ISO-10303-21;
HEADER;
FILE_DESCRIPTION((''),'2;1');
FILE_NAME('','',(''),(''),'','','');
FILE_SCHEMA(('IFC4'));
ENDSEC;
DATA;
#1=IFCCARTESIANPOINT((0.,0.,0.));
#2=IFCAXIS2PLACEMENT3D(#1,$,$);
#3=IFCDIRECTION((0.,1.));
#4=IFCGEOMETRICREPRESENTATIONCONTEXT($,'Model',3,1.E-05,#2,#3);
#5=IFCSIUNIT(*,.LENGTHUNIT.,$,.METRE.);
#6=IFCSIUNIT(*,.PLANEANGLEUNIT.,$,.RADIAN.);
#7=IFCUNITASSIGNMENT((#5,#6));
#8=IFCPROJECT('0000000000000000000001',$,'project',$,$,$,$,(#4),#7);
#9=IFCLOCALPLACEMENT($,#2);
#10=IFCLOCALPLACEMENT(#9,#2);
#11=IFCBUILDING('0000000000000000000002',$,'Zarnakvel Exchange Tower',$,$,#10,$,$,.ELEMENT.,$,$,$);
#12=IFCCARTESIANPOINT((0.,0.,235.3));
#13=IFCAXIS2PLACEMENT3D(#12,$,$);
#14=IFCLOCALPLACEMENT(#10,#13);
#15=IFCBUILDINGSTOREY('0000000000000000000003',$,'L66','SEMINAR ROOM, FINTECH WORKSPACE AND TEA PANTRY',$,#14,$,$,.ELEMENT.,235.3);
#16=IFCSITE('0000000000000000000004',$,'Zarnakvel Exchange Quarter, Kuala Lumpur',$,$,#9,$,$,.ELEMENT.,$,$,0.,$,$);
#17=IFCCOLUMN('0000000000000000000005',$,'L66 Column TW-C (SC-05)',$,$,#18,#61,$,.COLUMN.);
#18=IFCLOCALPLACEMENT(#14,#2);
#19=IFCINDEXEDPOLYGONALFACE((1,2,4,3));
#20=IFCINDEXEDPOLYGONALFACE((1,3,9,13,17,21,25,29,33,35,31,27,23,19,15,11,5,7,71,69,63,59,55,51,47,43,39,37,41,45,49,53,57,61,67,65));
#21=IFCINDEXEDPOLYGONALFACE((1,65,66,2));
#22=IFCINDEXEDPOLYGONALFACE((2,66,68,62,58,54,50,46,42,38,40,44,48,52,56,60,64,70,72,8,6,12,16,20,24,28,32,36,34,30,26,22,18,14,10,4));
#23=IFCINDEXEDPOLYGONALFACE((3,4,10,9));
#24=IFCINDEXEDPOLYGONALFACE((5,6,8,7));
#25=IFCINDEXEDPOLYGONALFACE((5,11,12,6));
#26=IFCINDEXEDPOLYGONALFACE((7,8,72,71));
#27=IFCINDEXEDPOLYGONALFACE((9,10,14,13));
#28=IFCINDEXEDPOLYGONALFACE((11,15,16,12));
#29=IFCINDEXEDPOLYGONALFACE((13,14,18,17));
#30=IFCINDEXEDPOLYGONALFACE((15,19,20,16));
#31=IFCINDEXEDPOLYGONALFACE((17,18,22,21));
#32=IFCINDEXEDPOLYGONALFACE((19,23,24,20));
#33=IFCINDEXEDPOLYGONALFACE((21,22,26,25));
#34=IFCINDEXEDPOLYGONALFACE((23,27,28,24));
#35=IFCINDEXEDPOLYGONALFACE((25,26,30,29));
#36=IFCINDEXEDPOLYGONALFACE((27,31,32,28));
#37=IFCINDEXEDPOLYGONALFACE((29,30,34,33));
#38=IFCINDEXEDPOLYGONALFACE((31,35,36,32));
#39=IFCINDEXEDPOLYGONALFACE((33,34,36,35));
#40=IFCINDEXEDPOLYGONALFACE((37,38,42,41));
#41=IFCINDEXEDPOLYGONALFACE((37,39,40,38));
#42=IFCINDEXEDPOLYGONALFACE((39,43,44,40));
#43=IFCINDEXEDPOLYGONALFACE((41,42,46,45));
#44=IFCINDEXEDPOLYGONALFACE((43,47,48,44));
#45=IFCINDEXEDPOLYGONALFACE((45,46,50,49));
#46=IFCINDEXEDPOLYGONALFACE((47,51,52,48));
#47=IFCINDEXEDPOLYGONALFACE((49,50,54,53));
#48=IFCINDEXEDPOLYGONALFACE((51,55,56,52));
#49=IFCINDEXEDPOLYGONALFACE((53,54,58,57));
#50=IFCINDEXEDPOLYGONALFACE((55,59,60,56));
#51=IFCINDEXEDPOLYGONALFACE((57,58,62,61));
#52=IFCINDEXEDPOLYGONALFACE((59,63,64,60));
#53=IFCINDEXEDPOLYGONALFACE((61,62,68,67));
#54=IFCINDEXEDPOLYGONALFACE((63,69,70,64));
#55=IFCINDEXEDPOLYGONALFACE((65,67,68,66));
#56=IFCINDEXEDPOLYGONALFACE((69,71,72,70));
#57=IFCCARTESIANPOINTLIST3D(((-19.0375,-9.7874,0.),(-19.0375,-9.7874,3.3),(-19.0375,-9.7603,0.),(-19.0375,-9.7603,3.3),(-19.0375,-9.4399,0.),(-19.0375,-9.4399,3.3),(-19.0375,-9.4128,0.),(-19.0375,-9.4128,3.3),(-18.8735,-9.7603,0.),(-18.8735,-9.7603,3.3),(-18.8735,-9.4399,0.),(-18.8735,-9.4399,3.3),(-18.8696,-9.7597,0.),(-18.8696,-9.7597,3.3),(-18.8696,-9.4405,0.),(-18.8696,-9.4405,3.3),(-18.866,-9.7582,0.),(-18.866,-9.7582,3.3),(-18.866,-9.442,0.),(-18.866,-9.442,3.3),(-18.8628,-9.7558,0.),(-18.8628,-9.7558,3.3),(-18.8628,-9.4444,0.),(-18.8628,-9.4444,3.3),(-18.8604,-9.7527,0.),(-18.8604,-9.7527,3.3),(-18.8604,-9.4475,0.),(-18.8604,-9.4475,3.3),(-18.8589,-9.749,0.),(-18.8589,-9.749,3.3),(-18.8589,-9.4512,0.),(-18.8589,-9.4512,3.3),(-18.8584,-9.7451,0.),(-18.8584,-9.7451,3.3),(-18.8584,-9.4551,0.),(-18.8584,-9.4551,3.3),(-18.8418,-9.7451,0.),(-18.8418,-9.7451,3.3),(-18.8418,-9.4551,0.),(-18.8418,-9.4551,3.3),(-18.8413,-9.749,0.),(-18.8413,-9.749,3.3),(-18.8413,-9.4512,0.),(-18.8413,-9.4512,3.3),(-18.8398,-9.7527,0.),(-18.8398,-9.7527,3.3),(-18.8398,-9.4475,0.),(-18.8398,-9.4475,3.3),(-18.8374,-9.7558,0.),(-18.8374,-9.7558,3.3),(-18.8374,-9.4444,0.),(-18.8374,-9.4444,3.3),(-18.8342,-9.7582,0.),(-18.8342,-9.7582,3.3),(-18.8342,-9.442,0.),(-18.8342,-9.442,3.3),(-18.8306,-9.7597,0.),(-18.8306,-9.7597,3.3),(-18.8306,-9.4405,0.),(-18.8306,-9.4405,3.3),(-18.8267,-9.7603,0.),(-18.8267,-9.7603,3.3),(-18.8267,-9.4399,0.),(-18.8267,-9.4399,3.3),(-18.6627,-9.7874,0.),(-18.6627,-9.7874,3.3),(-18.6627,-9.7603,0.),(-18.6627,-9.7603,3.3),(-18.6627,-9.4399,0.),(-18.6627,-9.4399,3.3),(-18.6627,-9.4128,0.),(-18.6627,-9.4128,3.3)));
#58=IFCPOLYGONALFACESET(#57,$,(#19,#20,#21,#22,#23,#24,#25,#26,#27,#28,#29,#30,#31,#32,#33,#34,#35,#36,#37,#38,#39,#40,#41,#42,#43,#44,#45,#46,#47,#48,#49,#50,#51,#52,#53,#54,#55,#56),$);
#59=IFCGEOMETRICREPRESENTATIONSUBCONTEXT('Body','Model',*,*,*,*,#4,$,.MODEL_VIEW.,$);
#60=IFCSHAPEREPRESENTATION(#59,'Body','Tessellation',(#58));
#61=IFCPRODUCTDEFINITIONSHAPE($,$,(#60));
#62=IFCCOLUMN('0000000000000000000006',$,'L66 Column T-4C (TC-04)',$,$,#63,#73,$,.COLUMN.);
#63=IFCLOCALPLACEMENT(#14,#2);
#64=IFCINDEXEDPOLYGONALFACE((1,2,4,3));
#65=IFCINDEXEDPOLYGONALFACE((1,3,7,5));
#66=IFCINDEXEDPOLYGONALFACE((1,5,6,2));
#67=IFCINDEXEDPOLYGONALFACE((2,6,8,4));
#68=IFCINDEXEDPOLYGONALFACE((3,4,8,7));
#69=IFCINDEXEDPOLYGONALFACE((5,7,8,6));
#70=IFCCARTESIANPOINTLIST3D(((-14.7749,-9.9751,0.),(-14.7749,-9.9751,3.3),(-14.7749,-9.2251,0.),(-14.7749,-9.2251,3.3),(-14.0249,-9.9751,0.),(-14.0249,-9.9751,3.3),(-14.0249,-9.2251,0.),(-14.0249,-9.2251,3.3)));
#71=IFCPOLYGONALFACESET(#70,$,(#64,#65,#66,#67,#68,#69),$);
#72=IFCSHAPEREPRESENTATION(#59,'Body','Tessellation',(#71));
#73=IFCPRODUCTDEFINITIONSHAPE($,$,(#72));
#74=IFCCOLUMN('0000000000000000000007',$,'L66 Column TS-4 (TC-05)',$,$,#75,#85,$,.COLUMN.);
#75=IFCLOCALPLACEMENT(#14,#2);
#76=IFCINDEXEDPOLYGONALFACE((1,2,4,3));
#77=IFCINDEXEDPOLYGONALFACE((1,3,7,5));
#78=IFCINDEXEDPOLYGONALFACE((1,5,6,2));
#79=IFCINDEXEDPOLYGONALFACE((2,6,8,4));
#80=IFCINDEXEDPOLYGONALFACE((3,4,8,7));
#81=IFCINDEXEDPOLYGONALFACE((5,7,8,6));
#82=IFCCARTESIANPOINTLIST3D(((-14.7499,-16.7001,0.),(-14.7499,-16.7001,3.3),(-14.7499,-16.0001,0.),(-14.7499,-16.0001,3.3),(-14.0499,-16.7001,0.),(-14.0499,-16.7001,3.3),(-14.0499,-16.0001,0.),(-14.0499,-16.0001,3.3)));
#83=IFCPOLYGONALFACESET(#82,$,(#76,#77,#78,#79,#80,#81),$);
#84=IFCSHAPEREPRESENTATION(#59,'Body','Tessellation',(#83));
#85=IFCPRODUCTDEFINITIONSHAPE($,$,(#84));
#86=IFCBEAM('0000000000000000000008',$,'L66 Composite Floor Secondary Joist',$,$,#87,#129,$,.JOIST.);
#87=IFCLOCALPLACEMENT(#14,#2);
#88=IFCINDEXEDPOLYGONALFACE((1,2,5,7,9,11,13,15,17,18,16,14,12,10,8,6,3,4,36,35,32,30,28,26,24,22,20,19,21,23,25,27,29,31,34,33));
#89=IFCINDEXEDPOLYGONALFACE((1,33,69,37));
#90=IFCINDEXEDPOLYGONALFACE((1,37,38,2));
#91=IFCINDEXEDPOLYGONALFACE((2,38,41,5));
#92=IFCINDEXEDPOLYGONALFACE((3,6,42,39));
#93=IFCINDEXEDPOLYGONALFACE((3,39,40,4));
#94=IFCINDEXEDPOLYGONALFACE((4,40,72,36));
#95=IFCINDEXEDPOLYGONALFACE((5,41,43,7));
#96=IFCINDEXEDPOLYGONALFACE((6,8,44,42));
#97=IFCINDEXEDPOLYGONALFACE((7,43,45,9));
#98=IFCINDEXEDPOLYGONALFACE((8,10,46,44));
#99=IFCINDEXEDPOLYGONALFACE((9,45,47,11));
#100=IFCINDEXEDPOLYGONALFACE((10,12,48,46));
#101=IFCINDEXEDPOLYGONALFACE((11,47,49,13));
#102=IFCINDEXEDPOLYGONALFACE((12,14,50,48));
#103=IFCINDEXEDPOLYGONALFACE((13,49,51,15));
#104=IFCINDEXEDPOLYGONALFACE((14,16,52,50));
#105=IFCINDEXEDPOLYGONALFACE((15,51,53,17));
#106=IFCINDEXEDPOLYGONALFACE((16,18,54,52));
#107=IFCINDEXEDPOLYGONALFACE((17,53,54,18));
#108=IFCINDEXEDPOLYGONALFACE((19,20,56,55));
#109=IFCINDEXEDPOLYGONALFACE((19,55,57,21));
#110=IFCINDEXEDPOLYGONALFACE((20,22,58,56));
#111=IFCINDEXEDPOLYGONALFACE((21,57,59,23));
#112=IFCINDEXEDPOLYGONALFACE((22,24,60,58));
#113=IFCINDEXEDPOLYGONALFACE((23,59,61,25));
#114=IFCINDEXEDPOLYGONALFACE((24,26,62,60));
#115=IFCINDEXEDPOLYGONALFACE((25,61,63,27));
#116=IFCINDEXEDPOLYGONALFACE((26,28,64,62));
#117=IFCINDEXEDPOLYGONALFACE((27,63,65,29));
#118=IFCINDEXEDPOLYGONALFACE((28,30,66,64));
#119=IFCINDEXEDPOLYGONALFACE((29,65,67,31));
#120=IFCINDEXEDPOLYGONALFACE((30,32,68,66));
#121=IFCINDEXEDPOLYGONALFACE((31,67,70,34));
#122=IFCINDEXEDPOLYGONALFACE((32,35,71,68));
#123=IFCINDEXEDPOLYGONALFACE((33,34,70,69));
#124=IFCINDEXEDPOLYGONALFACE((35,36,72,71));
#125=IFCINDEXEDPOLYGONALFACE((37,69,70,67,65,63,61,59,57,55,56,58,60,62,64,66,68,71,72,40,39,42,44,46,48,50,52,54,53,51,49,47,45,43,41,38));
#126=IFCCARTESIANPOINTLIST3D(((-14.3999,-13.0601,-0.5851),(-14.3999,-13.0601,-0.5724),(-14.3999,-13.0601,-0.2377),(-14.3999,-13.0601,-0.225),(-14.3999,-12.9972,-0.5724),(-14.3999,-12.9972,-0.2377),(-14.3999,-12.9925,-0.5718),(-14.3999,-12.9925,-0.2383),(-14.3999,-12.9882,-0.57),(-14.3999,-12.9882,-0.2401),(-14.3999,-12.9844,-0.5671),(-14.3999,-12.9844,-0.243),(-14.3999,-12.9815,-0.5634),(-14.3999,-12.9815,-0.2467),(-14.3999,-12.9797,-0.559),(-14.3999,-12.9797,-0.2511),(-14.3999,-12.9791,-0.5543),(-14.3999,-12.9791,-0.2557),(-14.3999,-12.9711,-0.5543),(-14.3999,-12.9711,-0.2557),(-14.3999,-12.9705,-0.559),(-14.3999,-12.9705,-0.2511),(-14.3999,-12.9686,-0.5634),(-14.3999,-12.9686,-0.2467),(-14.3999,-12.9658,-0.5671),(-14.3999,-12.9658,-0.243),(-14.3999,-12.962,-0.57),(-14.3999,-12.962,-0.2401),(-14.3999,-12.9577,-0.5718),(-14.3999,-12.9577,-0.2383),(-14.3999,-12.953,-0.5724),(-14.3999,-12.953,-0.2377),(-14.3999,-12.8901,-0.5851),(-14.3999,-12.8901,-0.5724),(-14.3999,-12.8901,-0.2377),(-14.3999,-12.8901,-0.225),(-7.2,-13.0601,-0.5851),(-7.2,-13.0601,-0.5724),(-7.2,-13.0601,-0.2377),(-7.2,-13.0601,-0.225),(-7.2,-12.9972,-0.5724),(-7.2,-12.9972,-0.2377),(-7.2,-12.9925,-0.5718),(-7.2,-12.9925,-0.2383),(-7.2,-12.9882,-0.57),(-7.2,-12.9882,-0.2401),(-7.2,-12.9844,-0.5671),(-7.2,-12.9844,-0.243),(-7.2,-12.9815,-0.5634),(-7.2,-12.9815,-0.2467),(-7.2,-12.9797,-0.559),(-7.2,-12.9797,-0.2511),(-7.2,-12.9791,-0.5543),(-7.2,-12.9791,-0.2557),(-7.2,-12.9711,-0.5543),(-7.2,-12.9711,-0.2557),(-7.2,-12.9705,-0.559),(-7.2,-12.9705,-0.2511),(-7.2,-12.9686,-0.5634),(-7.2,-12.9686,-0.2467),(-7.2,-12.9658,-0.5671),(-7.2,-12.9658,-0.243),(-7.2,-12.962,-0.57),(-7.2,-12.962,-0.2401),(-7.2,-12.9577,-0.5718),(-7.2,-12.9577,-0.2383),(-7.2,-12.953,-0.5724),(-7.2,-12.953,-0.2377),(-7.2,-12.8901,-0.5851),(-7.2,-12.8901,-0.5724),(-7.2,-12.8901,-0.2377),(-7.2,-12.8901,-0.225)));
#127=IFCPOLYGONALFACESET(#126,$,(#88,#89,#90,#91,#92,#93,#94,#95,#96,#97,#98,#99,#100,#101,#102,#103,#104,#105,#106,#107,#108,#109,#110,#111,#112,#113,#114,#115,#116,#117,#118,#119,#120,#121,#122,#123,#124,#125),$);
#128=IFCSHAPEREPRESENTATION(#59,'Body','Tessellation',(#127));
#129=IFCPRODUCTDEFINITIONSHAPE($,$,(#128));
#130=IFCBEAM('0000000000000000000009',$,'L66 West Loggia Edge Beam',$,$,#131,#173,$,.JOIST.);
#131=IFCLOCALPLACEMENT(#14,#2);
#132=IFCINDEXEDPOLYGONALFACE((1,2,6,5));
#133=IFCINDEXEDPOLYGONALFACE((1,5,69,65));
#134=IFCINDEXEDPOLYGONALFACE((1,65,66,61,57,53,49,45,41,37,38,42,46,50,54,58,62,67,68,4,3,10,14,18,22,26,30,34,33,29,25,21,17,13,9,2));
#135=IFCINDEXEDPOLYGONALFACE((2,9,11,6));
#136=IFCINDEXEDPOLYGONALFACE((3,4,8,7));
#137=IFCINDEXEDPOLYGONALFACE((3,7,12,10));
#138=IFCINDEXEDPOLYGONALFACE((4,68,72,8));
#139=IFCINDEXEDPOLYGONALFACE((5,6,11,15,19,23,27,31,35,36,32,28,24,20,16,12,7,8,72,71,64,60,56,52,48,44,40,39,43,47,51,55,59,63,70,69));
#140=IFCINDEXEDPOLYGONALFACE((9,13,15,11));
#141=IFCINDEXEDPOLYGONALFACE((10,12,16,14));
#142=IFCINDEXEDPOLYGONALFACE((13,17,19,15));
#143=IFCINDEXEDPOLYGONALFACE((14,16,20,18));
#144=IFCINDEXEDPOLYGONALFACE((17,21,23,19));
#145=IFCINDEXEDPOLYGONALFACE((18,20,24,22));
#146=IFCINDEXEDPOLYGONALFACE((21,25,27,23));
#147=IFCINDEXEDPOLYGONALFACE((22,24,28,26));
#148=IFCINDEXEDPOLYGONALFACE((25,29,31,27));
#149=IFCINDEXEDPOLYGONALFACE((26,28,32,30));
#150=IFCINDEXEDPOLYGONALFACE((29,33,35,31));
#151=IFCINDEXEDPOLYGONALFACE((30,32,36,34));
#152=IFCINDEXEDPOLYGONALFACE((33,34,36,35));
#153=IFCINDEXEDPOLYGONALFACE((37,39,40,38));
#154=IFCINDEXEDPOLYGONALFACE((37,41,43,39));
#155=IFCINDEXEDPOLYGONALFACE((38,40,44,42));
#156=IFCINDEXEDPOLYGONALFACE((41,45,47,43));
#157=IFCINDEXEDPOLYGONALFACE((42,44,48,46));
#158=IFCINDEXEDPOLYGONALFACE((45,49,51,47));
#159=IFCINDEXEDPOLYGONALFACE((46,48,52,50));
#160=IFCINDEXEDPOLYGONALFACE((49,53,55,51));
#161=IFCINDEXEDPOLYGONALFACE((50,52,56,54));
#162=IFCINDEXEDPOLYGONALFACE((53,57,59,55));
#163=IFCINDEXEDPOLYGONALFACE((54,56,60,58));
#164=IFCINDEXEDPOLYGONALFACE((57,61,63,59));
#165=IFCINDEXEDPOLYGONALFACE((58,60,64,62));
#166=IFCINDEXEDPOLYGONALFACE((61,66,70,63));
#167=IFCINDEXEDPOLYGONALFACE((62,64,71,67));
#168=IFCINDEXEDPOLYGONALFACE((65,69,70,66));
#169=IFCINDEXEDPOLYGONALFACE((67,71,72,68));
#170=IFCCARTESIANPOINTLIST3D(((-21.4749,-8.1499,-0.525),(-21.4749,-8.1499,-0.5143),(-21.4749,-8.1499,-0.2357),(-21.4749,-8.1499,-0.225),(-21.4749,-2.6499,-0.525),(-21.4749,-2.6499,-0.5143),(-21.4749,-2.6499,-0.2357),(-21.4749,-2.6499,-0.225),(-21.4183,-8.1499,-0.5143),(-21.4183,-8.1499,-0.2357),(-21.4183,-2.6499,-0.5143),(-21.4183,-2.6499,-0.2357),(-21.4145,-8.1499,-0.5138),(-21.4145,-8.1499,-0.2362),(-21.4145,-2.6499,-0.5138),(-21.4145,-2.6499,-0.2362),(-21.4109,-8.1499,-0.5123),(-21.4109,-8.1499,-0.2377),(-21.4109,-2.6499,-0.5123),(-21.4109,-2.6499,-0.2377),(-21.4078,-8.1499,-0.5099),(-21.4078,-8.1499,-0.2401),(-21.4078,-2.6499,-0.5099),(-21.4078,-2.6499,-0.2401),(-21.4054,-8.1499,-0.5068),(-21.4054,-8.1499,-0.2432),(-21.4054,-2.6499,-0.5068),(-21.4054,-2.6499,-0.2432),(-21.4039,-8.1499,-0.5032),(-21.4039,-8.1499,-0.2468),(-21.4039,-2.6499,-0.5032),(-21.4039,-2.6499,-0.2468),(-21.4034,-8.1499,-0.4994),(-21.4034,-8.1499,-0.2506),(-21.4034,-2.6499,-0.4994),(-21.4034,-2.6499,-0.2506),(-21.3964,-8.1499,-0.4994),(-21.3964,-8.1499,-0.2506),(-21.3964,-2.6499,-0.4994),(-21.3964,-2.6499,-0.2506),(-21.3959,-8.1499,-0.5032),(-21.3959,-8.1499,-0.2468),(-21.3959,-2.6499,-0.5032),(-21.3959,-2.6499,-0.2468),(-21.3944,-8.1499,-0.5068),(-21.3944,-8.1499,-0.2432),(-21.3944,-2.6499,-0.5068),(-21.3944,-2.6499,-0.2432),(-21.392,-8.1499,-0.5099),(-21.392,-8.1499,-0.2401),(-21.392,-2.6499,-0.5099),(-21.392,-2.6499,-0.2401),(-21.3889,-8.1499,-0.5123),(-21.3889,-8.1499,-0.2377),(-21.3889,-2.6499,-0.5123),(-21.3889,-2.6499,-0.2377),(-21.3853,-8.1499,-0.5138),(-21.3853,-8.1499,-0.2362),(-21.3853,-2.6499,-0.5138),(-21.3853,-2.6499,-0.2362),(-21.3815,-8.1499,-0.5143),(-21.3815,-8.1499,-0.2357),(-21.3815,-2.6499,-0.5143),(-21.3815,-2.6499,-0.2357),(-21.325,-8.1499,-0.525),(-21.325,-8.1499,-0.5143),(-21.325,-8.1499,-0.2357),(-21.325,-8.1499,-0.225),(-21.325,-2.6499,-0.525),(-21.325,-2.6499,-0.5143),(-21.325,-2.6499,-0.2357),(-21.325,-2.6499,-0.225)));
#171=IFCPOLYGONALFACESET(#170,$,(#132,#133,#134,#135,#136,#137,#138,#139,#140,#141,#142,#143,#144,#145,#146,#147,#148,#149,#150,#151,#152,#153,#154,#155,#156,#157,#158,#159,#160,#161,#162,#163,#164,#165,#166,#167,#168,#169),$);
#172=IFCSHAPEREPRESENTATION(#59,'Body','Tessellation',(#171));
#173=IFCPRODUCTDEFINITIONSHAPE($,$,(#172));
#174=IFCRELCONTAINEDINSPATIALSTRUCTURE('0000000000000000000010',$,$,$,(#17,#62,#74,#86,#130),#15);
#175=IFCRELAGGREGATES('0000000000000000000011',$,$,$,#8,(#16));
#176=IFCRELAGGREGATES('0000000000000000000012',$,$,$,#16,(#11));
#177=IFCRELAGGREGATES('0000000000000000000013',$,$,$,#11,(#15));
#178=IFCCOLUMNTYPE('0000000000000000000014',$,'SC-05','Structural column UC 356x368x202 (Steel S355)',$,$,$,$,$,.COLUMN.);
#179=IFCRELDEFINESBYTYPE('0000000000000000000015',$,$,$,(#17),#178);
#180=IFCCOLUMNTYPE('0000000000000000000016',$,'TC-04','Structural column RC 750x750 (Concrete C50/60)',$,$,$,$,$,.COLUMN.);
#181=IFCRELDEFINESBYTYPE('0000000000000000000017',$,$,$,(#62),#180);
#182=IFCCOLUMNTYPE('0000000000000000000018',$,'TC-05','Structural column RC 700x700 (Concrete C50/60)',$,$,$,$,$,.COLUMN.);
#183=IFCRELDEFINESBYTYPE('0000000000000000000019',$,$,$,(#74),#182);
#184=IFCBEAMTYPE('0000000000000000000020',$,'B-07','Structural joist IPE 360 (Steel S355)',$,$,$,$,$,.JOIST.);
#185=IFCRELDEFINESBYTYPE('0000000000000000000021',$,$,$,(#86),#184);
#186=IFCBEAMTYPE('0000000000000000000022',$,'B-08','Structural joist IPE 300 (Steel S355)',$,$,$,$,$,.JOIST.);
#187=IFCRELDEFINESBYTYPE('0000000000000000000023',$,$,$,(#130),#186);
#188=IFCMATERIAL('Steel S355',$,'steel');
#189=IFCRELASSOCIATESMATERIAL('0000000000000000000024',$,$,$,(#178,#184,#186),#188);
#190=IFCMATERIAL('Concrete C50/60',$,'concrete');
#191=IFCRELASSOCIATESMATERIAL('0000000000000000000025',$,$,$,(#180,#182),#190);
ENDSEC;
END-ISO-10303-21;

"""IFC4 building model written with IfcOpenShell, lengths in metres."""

from ifc_helpers import new_model, si_unit, direction, frame, origin, origin_2d, place, context, subcontext, project, spatial, rectangle, i_section, extrude, material, material_profile, profile_set, type_object, element, save


model = new_model("IFC4")

# Units and contexts
model_context = context("Model", 3, precision=1e-05, world=origin(), true_north=direction((0.0, 1.0)))
body_context = subcontext(model_context, "Body", "Model", "MODEL_VIEW")
ifc_project = project(units=[si_unit("LENGTHUNIT", "METRE"), si_unit("PLANEANGLEUNIT", "RADIAN")], contexts=[model_context])

# Site, building, storey
site_placement = place(None, origin())
site = spatial("IfcSite", under=ifc_project, at=site_placement, Name="Zarnakvel Exchange Quarter, Kuala Lumpur", CompositionType="ELEMENT", RefElevation=0.0)
building_placement = place(site_placement, origin())
building = spatial("IfcBuilding", under=site, at=building_placement, Name="Zarnakvel Exchange Tower", CompositionType="ELEMENT")
storey_placement = place(building_placement, frame((0.0, 0.0, 235.3)))
storey = spatial("IfcBuildingStorey", under=building, at=storey_placement, Name="L66", Description="SEMINAR ROOM, FINTECH WORKSPACE AND TEA PANTRY", CompositionType="ELEMENT", Elevation=235.3)

# Columns
ifc_material_1 = material(Name="Steel S355", Category="steel")
ifc_material_profile_1 = material_profile(ifc_material_1, i_section(OverallWidth=0.3748, OverallDepth=0.3745, WebThickness=0.0166, FlangeThickness=0.0271, FilletRadius=0.0151, at=origin_2d()))
ifc_profile_set_1 = profile_set([ifc_material_profile_1], Name="Steel S355")
column_type_1 = type_object("IfcColumnType", Name="SC-05", Description="Structural column UC 356x368x202 (Steel S355)", PredefinedType="COLUMN", material=ifc_profile_set_1)
column_1_placement = place(storey_placement, frame((-18.8501, -9.6001, 0.0), z_axis=(0.0, 0.0, 1.0), x_axis=(1.0, 0.0, 0.0)))
element("IfcColumn", 1, at=column_1_placement, inside=storey, type_object=column_type_1, Name="L66 Column TW-C (SC-05)", PredefinedType="COLUMN", context=body_context, shape_type="SweptSolid", body=[
    extrude(i_section(OverallWidth=0.3748, OverallDepth=0.3745, WebThickness=0.0166, FlangeThickness=0.0271, FilletRadius=0.0151, at=origin_2d()), origin(), (0.0, 0.0, 1.0), 3.3),
])
ifc_material_2 = material(Name="Concrete C50/60", Category="concrete")
ifc_material_profile_2 = material_profile(ifc_material_2, rectangle(XDim=0.75, YDim=0.75, at=origin_2d()))
ifc_profile_set_2 = profile_set([ifc_material_profile_2], Name="Concrete C50/60")
column_type_2 = type_object("IfcColumnType", Name="TC-04", Description="Structural column RC 750x750 (Concrete C50/60)", PredefinedType="COLUMN", material=ifc_profile_set_2)
column_2_placement = place(storey_placement, frame((-14.3999, -9.6001, 0.0), z_axis=(0.0, 0.0, 1.0), x_axis=(1.0, 0.0, 0.0)))
element("IfcColumn", 2, at=column_2_placement, inside=storey, type_object=column_type_2, Name="L66 Column T-4C (TC-04)", PredefinedType="COLUMN", context=body_context, shape_type="SweptSolid", body=[
    extrude(rectangle(XDim=0.75, YDim=0.75, at=origin_2d()), origin(), (0.0, 0.0, 1.0), 3.3),
])
ifc_material_profile_3 = material_profile(ifc_material_2, rectangle(XDim=0.7, YDim=0.7, at=origin_2d()))
ifc_profile_set_3 = profile_set([ifc_material_profile_3], Name="Concrete C50/60")
column_type_3 = type_object("IfcColumnType", Name="TC-05", Description="Structural column RC 700x700 (Concrete C50/60)", PredefinedType="COLUMN", material=ifc_profile_set_3)
column_3_placement = place(storey_placement, frame((-14.3999, -16.3501, 0.0), z_axis=(0.0, 0.0, 1.0), x_axis=(1.0, 0.0, 0.0)))
element("IfcColumn", 3, at=column_3_placement, inside=storey, type_object=column_type_3, Name="L66 Column TS-4 (TC-05)", PredefinedType="COLUMN", context=body_context, shape_type="SweptSolid", body=[
    extrude(rectangle(XDim=0.7, YDim=0.7, at=origin_2d()), origin(), (0.0, 0.0, 1.0), 3.3),
])

# Beams
ifc_material_profile_4 = material_profile(ifc_material_1, i_section(OverallWidth=0.1699, OverallDepth=0.3601, WebThickness=0.0081, FlangeThickness=0.0127, FilletRadius=0.0181, at=origin_2d()))
ifc_profile_set_4 = profile_set([ifc_material_profile_4], Name="Steel S355")
beam_type_1 = type_object("IfcBeamType", Name="B-07", Description="Structural joist IPE 360 (Steel S355)", PredefinedType="JOIST", material=ifc_profile_set_4)
beam_1_placement = place(storey_placement, frame((-14.3999, -12.9751, -0.405), z_axis=(1.0, 0.0, 0.0), x_axis=(0.0, 1.0, 0.0)))
element("IfcBeam", 4, at=beam_1_placement, inside=storey, type_object=beam_type_1, Name="L66 Composite Floor Secondary Joist", PredefinedType="JOIST", context=body_context, shape_type="SweptSolid", body=[
    extrude(i_section(OverallWidth=0.1699, OverallDepth=0.3601, WebThickness=0.0081, FlangeThickness=0.0127, FilletRadius=0.0181, at=origin_2d()), origin(), (0.0, 0.0, 1.0), 7.2),
])
ifc_material_profile_5 = material_profile(ifc_material_1, i_section(OverallWidth=0.1499, OverallDepth=0.3, WebThickness=0.0071, FlangeThickness=0.0107, FilletRadius=0.0149, at=origin_2d()))
ifc_profile_set_5 = profile_set([ifc_material_profile_5], Name="Steel S355")
beam_type_2 = type_object("IfcBeamType", Name="B-08", Description="Structural joist IPE 300 (Steel S355)", PredefinedType="JOIST", material=ifc_profile_set_5)
beam_2_placement = place(storey_placement, frame((-21.3999, -8.1499, -0.375), z_axis=(0.0, 1.0, 0.0), x_axis=(-1.0, 0.0, 0.0)))
element("IfcBeam", 5, at=beam_2_placement, inside=storey, type_object=beam_type_2, Name="L66 West Loggia Edge Beam", PredefinedType="JOIST", context=body_context, shape_type="SweptSolid", body=[
    extrude(i_section(OverallWidth=0.1499, OverallDepth=0.3, WebThickness=0.0071, FlangeThickness=0.0107, FilletRadius=0.0149, at=origin_2d()), origin(), (0.0, 0.0, 1.0), 5.5),
])

save(model, "model.ifc")
